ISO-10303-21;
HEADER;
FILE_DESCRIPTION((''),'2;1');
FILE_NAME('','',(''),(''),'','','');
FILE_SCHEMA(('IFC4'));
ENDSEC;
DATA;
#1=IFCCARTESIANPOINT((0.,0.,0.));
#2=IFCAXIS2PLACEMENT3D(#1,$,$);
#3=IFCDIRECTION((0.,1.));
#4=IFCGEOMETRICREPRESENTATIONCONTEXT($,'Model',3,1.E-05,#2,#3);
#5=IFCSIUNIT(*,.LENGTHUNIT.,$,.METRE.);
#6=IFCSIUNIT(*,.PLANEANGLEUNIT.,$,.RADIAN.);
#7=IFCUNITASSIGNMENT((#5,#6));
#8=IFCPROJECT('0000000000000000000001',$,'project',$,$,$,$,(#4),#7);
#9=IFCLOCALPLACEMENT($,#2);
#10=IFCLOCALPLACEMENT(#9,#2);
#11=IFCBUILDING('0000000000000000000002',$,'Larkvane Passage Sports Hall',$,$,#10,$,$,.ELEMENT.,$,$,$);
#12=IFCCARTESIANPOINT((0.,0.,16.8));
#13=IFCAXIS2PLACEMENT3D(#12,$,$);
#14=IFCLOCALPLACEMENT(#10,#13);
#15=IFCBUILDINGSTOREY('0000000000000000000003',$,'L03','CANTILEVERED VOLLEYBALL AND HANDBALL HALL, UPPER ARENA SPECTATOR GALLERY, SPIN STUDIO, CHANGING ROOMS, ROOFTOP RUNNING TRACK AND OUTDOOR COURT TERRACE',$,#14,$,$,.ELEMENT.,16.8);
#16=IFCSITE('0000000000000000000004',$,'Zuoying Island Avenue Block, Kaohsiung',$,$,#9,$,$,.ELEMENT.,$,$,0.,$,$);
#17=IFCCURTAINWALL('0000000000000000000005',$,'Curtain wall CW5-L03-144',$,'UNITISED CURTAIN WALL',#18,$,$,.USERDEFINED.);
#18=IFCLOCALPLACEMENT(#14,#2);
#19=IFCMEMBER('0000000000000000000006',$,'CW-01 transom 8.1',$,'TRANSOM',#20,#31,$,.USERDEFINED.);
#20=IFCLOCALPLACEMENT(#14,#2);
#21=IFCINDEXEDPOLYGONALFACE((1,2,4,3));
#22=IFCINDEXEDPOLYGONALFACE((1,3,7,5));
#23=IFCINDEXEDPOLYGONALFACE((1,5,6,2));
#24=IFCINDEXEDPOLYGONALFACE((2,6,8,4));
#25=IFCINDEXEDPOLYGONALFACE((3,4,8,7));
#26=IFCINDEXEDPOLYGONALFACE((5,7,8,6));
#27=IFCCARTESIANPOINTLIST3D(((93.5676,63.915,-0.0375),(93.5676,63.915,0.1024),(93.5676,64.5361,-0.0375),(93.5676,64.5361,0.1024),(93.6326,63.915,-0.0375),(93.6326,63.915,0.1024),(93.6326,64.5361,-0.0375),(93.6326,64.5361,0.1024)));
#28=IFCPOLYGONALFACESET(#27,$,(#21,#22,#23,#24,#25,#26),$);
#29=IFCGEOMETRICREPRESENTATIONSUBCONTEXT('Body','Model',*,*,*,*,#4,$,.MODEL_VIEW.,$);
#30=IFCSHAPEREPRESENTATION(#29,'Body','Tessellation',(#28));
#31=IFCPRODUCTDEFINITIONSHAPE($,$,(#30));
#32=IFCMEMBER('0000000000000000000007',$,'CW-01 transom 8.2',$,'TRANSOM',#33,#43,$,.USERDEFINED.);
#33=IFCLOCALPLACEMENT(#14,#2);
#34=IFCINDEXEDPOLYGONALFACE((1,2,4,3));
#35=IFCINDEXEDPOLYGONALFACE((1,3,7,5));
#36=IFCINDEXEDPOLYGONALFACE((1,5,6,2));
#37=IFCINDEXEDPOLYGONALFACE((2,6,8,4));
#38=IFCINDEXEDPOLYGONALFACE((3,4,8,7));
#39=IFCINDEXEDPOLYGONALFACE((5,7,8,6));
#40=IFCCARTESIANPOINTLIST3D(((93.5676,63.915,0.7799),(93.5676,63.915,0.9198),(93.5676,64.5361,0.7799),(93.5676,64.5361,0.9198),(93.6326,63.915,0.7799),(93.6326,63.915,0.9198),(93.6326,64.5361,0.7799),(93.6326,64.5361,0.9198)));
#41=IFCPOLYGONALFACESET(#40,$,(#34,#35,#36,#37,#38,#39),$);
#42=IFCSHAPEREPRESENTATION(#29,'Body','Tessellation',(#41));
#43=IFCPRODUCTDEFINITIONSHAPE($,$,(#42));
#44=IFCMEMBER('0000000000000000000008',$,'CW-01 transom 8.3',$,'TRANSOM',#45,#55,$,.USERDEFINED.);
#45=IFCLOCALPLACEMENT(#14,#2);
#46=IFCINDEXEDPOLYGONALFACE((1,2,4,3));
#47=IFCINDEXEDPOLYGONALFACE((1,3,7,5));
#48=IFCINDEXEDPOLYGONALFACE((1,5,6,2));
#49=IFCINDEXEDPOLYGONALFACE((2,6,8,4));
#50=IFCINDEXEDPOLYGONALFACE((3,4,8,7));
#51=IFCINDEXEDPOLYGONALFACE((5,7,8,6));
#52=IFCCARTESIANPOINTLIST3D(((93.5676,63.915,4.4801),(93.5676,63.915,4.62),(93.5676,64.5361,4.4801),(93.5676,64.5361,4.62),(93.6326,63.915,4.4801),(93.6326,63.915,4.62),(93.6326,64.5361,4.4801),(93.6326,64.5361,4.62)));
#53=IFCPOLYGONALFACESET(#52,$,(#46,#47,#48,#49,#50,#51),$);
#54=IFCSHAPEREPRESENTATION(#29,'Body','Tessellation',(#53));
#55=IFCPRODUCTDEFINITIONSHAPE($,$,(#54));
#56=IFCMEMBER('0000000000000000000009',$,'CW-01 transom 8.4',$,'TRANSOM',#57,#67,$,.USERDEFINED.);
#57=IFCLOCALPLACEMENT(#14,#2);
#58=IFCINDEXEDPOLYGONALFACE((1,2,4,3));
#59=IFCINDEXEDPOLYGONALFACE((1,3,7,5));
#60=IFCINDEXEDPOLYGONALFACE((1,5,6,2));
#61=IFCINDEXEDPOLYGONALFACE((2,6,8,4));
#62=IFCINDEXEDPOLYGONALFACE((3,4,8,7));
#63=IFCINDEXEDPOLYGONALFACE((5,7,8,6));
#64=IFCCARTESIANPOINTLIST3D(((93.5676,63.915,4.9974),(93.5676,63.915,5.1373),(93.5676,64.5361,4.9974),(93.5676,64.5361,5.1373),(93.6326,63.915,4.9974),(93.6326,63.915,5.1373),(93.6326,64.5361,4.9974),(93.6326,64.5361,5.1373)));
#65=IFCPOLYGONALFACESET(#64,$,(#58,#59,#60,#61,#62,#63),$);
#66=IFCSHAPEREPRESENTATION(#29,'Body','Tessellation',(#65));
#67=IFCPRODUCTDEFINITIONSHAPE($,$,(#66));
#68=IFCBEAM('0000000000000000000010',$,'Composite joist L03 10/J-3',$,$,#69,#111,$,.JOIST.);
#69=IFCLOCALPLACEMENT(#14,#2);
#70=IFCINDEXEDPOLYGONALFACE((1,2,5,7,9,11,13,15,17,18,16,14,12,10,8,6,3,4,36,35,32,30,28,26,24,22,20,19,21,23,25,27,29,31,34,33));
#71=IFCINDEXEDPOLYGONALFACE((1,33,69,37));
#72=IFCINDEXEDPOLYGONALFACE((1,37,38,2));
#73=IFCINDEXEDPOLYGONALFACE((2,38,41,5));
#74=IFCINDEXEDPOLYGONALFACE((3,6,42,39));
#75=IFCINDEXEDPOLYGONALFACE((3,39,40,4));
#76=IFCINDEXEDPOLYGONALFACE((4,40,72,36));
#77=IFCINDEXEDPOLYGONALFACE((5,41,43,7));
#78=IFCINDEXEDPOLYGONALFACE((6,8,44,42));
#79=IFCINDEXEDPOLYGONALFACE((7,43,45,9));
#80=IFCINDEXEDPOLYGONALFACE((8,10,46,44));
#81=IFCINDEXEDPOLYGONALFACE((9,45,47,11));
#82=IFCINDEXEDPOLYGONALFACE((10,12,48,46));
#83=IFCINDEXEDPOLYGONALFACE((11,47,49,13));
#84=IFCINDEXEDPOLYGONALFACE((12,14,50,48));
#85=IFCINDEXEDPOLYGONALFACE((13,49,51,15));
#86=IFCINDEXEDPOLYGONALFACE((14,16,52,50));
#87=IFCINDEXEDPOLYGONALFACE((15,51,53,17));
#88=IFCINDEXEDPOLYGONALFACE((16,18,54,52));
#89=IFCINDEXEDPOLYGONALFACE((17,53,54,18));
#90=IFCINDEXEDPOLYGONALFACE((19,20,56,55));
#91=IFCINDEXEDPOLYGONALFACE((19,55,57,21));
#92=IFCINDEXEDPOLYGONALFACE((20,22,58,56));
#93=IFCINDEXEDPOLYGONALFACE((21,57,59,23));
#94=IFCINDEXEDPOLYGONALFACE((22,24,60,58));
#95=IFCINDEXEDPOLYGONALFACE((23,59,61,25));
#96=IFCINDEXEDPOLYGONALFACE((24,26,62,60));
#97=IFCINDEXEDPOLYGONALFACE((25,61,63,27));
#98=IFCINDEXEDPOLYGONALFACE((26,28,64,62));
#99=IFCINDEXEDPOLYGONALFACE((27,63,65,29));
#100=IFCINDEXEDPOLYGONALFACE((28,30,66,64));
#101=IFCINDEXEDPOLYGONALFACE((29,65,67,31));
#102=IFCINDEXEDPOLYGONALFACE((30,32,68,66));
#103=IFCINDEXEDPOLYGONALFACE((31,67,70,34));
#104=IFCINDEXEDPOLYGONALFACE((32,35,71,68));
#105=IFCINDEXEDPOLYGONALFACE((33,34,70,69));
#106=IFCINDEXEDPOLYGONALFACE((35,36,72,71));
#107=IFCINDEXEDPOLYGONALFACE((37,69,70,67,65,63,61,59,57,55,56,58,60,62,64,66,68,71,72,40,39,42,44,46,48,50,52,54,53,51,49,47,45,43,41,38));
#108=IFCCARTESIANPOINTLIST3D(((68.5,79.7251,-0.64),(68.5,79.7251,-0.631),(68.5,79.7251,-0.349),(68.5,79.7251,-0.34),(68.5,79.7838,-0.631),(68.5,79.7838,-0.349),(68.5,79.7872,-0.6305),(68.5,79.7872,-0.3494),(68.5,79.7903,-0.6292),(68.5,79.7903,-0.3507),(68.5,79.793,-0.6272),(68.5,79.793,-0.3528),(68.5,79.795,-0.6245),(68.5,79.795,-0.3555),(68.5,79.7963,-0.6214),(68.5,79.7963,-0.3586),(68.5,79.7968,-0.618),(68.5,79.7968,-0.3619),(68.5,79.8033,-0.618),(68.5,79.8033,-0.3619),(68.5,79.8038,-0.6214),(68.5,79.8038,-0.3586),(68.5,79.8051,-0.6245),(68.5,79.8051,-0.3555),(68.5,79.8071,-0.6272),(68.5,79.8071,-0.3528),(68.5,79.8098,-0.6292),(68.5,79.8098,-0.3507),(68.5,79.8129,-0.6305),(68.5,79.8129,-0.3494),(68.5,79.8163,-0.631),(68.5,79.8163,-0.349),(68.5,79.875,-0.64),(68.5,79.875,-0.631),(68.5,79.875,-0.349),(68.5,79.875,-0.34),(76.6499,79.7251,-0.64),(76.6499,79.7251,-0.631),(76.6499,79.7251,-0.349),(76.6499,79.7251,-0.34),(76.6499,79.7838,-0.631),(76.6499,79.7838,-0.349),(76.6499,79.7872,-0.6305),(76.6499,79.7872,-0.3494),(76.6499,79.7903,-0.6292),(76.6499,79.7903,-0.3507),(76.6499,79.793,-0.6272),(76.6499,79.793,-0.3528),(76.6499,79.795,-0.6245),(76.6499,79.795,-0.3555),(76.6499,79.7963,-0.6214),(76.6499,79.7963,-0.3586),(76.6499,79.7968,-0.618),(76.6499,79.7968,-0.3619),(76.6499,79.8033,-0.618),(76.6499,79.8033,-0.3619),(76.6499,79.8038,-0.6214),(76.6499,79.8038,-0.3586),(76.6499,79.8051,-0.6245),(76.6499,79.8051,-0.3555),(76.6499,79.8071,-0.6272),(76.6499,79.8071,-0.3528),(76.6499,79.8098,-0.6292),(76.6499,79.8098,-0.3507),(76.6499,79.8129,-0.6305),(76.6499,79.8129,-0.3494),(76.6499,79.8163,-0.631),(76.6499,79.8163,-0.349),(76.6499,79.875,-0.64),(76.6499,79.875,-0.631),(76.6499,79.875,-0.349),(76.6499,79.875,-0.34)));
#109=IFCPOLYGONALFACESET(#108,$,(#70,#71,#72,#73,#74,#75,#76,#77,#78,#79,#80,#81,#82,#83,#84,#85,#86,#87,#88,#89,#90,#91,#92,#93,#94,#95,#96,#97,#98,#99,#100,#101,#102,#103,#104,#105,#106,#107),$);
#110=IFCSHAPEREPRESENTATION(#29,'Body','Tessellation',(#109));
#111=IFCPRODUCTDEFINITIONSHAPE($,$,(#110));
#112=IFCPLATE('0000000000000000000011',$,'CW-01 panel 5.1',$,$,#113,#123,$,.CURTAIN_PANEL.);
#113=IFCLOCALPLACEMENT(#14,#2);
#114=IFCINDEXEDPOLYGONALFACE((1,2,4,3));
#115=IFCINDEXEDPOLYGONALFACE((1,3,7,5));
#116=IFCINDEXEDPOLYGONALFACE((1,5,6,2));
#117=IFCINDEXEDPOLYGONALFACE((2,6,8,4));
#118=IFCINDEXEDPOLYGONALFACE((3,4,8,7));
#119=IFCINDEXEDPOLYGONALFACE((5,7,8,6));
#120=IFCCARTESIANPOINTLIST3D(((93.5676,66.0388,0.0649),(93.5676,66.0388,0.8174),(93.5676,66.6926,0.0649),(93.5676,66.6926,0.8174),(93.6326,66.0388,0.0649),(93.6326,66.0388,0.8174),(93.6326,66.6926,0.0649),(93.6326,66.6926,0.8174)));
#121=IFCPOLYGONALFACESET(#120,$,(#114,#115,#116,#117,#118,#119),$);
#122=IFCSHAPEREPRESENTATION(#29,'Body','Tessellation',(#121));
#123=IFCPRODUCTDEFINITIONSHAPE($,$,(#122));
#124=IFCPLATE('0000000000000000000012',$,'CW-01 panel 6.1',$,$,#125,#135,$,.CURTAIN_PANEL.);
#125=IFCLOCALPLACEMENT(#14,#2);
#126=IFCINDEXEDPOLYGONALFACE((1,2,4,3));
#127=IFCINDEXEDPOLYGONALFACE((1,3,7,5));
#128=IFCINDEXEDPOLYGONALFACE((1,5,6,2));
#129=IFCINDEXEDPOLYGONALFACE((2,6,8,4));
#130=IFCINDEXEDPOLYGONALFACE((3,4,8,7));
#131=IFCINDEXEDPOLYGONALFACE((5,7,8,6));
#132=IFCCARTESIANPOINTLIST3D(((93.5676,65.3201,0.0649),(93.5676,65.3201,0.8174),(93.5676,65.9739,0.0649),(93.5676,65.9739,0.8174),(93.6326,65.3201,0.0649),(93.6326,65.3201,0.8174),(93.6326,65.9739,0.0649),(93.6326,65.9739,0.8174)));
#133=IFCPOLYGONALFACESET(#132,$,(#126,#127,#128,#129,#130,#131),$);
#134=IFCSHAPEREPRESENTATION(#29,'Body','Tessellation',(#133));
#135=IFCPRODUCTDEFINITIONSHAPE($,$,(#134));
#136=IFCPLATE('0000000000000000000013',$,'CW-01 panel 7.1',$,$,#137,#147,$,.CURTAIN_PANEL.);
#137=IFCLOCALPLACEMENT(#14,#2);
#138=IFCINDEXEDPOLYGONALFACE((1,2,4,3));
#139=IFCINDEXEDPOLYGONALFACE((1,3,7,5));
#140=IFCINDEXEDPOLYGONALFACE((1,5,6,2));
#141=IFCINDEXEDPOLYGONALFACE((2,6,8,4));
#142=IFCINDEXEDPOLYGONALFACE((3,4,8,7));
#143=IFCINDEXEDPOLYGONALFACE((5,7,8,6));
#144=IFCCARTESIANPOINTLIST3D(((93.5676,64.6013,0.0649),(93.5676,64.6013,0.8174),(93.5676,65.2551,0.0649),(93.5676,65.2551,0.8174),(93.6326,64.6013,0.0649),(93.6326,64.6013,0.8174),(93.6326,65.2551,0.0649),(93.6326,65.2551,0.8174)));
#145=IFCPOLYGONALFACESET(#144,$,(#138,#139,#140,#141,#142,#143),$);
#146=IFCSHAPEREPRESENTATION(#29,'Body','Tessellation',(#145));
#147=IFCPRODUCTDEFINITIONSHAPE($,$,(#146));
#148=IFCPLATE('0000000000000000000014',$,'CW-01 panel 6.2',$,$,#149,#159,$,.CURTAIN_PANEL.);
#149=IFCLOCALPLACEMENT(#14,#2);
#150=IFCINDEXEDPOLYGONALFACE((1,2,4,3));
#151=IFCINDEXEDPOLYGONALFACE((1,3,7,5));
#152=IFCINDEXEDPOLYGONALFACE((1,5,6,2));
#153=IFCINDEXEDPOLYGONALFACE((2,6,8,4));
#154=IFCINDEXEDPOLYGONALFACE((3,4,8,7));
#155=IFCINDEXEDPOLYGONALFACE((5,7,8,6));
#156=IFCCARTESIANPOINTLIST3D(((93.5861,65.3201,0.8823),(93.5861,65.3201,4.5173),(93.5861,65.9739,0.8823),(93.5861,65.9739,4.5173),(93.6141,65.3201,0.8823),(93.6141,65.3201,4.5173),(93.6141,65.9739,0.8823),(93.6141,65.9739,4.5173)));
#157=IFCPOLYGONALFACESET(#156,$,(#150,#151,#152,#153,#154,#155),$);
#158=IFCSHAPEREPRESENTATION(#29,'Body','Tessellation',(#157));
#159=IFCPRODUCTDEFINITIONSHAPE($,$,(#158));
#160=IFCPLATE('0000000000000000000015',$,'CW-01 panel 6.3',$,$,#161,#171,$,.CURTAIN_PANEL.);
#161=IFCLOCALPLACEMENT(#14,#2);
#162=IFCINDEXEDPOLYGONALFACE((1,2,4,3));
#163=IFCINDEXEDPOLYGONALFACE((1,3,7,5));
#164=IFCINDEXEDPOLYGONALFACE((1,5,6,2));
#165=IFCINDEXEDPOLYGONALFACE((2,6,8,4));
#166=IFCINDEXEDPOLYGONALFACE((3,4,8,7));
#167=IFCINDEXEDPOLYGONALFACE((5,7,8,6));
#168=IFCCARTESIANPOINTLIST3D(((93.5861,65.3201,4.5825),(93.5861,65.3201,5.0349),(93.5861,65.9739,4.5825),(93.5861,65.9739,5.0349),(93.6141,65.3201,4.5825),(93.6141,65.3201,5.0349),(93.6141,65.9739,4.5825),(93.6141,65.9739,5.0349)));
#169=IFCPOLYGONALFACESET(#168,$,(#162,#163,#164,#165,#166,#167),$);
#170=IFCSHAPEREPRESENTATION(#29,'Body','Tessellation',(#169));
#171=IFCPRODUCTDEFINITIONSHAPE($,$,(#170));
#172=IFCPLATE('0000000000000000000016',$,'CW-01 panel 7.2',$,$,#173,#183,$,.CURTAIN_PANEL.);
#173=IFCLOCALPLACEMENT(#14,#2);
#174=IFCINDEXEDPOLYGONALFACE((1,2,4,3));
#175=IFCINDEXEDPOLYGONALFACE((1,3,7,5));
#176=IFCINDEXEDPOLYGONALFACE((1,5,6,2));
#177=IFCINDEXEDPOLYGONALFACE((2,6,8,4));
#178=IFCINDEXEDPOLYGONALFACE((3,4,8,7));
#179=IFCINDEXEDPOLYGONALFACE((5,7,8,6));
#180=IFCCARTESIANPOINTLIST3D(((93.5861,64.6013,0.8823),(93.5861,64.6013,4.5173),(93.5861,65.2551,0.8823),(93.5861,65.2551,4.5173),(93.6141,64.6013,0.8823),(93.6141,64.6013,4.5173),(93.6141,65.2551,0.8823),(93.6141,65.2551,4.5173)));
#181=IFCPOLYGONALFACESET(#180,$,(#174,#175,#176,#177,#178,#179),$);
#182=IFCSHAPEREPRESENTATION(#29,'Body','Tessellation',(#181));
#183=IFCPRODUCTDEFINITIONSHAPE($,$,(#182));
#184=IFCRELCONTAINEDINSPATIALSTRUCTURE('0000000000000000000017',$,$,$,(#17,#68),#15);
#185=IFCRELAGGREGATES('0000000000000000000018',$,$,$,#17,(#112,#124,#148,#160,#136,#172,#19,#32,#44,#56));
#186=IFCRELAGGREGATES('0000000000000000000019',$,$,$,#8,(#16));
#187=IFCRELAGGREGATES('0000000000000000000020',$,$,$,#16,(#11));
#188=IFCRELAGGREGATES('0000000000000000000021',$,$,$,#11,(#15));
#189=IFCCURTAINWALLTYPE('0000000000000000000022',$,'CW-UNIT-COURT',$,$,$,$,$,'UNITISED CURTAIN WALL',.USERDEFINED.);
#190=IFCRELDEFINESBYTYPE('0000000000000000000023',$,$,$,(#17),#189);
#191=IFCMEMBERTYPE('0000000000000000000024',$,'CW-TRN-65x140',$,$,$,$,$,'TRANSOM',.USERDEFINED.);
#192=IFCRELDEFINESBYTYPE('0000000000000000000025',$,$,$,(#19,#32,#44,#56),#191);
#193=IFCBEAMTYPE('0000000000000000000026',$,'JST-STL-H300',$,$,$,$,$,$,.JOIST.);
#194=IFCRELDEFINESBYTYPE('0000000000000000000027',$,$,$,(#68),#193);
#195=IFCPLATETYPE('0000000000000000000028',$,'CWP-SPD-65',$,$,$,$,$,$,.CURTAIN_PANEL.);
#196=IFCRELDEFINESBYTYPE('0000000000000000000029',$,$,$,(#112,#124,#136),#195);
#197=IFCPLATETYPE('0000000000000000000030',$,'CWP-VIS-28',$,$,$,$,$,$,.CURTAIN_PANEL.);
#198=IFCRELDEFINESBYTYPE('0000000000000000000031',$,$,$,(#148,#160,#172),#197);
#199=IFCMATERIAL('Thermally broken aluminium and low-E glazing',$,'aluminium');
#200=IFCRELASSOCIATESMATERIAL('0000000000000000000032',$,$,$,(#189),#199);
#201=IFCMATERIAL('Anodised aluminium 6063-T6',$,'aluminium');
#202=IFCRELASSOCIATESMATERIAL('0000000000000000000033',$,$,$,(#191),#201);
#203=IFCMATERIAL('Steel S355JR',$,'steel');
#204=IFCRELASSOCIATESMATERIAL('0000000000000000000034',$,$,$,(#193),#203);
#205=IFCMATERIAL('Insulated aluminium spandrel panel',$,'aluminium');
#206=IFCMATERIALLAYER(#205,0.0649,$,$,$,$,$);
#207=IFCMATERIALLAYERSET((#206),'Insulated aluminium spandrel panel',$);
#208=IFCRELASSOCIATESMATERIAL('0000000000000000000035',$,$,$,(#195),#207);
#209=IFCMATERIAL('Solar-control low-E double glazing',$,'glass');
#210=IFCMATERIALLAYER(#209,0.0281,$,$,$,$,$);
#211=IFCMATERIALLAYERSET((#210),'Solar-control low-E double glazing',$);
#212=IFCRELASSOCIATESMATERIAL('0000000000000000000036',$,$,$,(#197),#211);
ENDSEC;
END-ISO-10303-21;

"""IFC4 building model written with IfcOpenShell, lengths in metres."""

from ifc_helpers import new_model, si_unit, direction, frame, origin, origin_2d, place, context, subcontext, project, spatial, rectangle, i_section, extrude, material, layer, layer_set, material_profile, profile_set, type_object, element, aggregate, save


model = new_model("IFC4")

# Units and contexts
model_context = context("Model", 3, precision=1e-05, world=origin(), true_north=direction((0.0, 1.0)))
body_context = subcontext(model_context, "Body", "Model", "MODEL_VIEW")
ifc_project = project(units=[si_unit("LENGTHUNIT", "METRE"), si_unit("PLANEANGLEUNIT", "RADIAN")], contexts=[model_context])

# Site, building, storey
site_placement = place(None, origin())
site = spatial("IfcSite", under=ifc_project, at=site_placement, Name="Zuoying Island Avenue Block, Kaohsiung", CompositionType="ELEMENT", RefElevation=0.0)
building_placement = place(site_placement, origin())
building = spatial("IfcBuilding", under=site, at=building_placement, Name="Larkvane Passage Sports Hall", CompositionType="ELEMENT")
storey_placement = place(building_placement, frame((0.0, 0.0, 16.8)))
storey = spatial("IfcBuildingStorey", under=building, at=storey_placement, Name="L03", Description="CANTILEVERED VOLLEYBALL AND HANDBALL HALL, UPPER ARENA SPECTATOR GALLERY, SPIN STUDIO, CHANGING ROOMS, ROOFTOP RUNNING TRACK AND OUTDOOR COURT TERRACE", CompositionType="ELEMENT", Elevation=16.8)

# Shared definitions
ifc_material_1 = material(Name="Steel S355JR", Category="steel")

# Curtain wall, members
ifc_material_2 = material(Name="Thermally broken aluminium and low-E glazing", Category="aluminium")
curtain_wall_type = type_object("IfcCurtainWallType", Name="CW-UNIT-COURT", ElementType="UNITISED CURTAIN WALL", PredefinedType="USERDEFINED", material=ifc_material_2)
curtain_wall_placement = place(storey_placement, origin())
curtain_wall = element("IfcCurtainWall", 1, at=curtain_wall_placement, inside=storey, type_object=curtain_wall_type, Name="Curtain wall CW5-L03-144", ObjectType="UNITISED CURTAIN WALL", PredefinedType="USERDEFINED")
ifc_material_3 = material(Name="Anodised aluminium 6063-T6", Category="aluminium")
ifc_material_profile_1 = material_profile(ifc_material_3, rectangle(XDim=0.0649, YDim=0.1399, at=origin_2d()), Name="ALU-TRN-65x140")
ifc_profile_set_1 = profile_set([ifc_material_profile_1], Name="Anodised aluminium 6063-T6")
member_type_1 = type_object("IfcMemberType", Name="CW-TRN-65x140", ElementType="TRANSOM", PredefinedType="USERDEFINED", material=ifc_profile_set_1)
member_1_placement = place(storey_placement, frame((93.6001, 64.5361, 0.0325), z_axis=(0.0, -1.0, 0.0), x_axis=(1.0, 0.0, 0.0)))
member_1 = element("IfcMember", 2, at=member_1_placement, type_object=member_type_1, Name="CW-01 transom 8.1", ObjectType="TRANSOM", PredefinedType="USERDEFINED", context=body_context, shape_type="SweptSolid", body=[
    extrude(rectangle(XDim=0.0649, YDim=0.1399, at=origin_2d()), origin(), (0.0, 0.0, 1.0), 0.6211),
])
member_2_placement = place(storey_placement, frame((93.6001, 64.5361, 0.8499), z_axis=(0.0, -1.0, 0.0), x_axis=(1.0, 0.0, 0.0)))
member_2 = element("IfcMember", 3, at=member_2_placement, type_object=member_type_1, Name="CW-01 transom 8.2", ObjectType="TRANSOM", PredefinedType="USERDEFINED", context=body_context, shape_type="SweptSolid", body=[
    extrude(rectangle(XDim=0.0649, YDim=0.1399, at=origin_2d()), origin(), (0.0, 0.0, 1.0), 0.6211),
])
member_3_placement = place(storey_placement, frame((93.6001, 64.5361, 4.55), z_axis=(0.0, -1.0, 0.0), x_axis=(1.0, 0.0, 0.0)))
member_3 = element("IfcMember", 4, at=member_3_placement, type_object=member_type_1, Name="CW-01 transom 8.3", ObjectType="TRANSOM", PredefinedType="USERDEFINED", context=body_context, shape_type="SweptSolid", body=[
    extrude(rectangle(XDim=0.0649, YDim=0.1399, at=origin_2d()), origin(), (0.0, 0.0, 1.0), 0.6211),
])
member_4_placement = place(storey_placement, frame((93.6001, 64.5361, 5.0674), z_axis=(0.0, -1.0, 0.0), x_axis=(1.0, 0.0, 0.0)))
member_4 = element("IfcMember", 5, at=member_4_placement, type_object=member_type_1, Name="CW-01 transom 8.4", ObjectType="TRANSOM", PredefinedType="USERDEFINED", context=body_context, shape_type="SweptSolid", body=[
    extrude(rectangle(XDim=0.0649, YDim=0.1399, at=origin_2d()), origin(), (0.0, 0.0, 1.0), 0.6211),
])

# Beam
ifc_material_profile_2 = material_profile(ifc_material_1, i_section(OverallWidth=0.1499, OverallDepth=0.3, WebThickness=0.0066, FlangeThickness=0.009, FilletRadius=0.0129, at=origin_2d()), Name="H-300x150x6.5x9")
ifc_profile_set_2 = profile_set([ifc_material_profile_2], Name="Steel S355JR")
beam_type_1 = type_object("IfcBeamType", Name="JST-STL-H300", PredefinedType="JOIST", material=ifc_profile_set_2)
beam_1_placement = place(storey_placement, frame((68.5, 79.8, -0.49), z_axis=(1.0, 0.0, 0.0), x_axis=(0.0, 1.0, 0.0)))
element("IfcBeam", 6, at=beam_1_placement, inside=storey, type_object=beam_type_1, Name="Composite joist L03 10/J-3", PredefinedType="JOIST", context=body_context, shape_type="SweptSolid", body=[
    extrude(i_section(OverallWidth=0.1499, OverallDepth=0.3, WebThickness=0.0066, FlangeThickness=0.009, FilletRadius=0.0129, at=origin_2d()), origin(), (0.0, 0.0, 1.0), 8.1499),
])

# Plates
ifc_material_4 = material(Name="Insulated aluminium spandrel panel", Category="aluminium")
ifc_layer_1 = layer(ifc_material_4, 0.0649)
ifc_layer_set_1 = layer_set([ifc_layer_1], Name="Insulated aluminium spandrel panel")
plate_type_1 = type_object("IfcPlateType", Name="CWP-SPD-65", PredefinedType="CURTAIN_PANEL", material=ifc_layer_set_1)
plate_1_placement = place(storey_placement, frame((93.6001, 66.3657, 0.0649), z_axis=(0.0, 0.0, 1.0), x_axis=(0.0, -1.0, 0.0)))
plate_1 = element("IfcPlate", 7, at=plate_1_placement, type_object=plate_type_1, Name="CW-01 panel 5.1", PredefinedType="CURTAIN_PANEL", context=body_context, shape_type="SweptSolid", body=[
    extrude(rectangle(XDim=0.6538, YDim=0.0649, at=origin_2d()), origin(), (0.0, 0.0, 1.0), 0.7524),
])
plate_2_placement = place(storey_placement, frame((93.6001, 65.647, 0.0649), z_axis=(0.0, 0.0, 1.0), x_axis=(0.0, -1.0, 0.0)))
plate_2 = element("IfcPlate", 8, at=plate_2_placement, type_object=plate_type_1, Name="CW-01 panel 6.1", PredefinedType="CURTAIN_PANEL", context=body_context, shape_type="SweptSolid", body=[
    extrude(rectangle(XDim=0.6538, YDim=0.0649, at=origin_2d()), origin(), (0.0, 0.0, 1.0), 0.7524),
])
plate_3_placement = place(storey_placement, frame((93.6001, 64.9282, 0.0649), z_axis=(0.0, 0.0, 1.0), x_axis=(0.0, -1.0, 0.0)))
plate_3 = element("IfcPlate", 9, at=plate_3_placement, type_object=plate_type_1, Name="CW-01 panel 7.1", PredefinedType="CURTAIN_PANEL", context=body_context, shape_type="SweptSolid", body=[
    extrude(rectangle(XDim=0.6538, YDim=0.0649, at=origin_2d()), origin(), (0.0, 0.0, 1.0), 0.7524),
])
ifc_material_5 = material(Name="Solar-control low-E double glazing", Category="glass")
ifc_layer_2 = layer(ifc_material_5, 0.0281)
ifc_layer_set_2 = layer_set([ifc_layer_2], Name="Solar-control low-E double glazing")
plate_type_2 = type_object("IfcPlateType", Name="CWP-VIS-28", PredefinedType="CURTAIN_PANEL", material=ifc_layer_set_2)
plate_4_placement = place(storey_placement, frame((93.6001, 65.647, 0.8823), z_axis=(0.0, 0.0, 1.0), x_axis=(0.0, -1.0, 0.0)))
plate_4 = element("IfcPlate", 10, at=plate_4_placement, type_object=plate_type_2, Name="CW-01 panel 6.2", PredefinedType="CURTAIN_PANEL", context=body_context, shape_type="SweptSolid", body=[
    extrude(rectangle(XDim=0.6538, YDim=0.0281, at=origin_2d()), origin(), (0.0, 0.0, 1.0), 3.635),
])
plate_5_placement = place(storey_placement, frame((93.6001, 65.647, 4.5825), z_axis=(0.0, 0.0, 1.0), x_axis=(0.0, -1.0, 0.0)))
plate_5 = element("IfcPlate", 11, at=plate_5_placement, type_object=plate_type_2, Name="CW-01 panel 6.3", PredefinedType="CURTAIN_PANEL", context=body_context, shape_type="SweptSolid", body=[
    extrude(rectangle(XDim=0.6538, YDim=0.0281, at=origin_2d()), origin(), (0.0, 0.0, 1.0), 0.4524),
])
plate_6_placement = place(storey_placement, frame((93.6001, 64.9282, 0.8823), z_axis=(0.0, 0.0, 1.0), x_axis=(0.0, -1.0, 0.0)))
plate_6 = element("IfcPlate", 12, at=plate_6_placement, type_object=plate_type_2, Name="CW-01 panel 7.2", PredefinedType="CURTAIN_PANEL", context=body_context, shape_type="SweptSolid", body=[
    extrude(rectangle(XDim=0.6538, YDim=0.0281, at=origin_2d()), origin(), (0.0, 0.0, 1.0), 3.635),
])
aggregate(curtain_wall, [plate_1, plate_2, plate_4, plate_5, plate_3, plate_6, member_1, member_2, member_3, member_4])

save(model, "model.ifc")
